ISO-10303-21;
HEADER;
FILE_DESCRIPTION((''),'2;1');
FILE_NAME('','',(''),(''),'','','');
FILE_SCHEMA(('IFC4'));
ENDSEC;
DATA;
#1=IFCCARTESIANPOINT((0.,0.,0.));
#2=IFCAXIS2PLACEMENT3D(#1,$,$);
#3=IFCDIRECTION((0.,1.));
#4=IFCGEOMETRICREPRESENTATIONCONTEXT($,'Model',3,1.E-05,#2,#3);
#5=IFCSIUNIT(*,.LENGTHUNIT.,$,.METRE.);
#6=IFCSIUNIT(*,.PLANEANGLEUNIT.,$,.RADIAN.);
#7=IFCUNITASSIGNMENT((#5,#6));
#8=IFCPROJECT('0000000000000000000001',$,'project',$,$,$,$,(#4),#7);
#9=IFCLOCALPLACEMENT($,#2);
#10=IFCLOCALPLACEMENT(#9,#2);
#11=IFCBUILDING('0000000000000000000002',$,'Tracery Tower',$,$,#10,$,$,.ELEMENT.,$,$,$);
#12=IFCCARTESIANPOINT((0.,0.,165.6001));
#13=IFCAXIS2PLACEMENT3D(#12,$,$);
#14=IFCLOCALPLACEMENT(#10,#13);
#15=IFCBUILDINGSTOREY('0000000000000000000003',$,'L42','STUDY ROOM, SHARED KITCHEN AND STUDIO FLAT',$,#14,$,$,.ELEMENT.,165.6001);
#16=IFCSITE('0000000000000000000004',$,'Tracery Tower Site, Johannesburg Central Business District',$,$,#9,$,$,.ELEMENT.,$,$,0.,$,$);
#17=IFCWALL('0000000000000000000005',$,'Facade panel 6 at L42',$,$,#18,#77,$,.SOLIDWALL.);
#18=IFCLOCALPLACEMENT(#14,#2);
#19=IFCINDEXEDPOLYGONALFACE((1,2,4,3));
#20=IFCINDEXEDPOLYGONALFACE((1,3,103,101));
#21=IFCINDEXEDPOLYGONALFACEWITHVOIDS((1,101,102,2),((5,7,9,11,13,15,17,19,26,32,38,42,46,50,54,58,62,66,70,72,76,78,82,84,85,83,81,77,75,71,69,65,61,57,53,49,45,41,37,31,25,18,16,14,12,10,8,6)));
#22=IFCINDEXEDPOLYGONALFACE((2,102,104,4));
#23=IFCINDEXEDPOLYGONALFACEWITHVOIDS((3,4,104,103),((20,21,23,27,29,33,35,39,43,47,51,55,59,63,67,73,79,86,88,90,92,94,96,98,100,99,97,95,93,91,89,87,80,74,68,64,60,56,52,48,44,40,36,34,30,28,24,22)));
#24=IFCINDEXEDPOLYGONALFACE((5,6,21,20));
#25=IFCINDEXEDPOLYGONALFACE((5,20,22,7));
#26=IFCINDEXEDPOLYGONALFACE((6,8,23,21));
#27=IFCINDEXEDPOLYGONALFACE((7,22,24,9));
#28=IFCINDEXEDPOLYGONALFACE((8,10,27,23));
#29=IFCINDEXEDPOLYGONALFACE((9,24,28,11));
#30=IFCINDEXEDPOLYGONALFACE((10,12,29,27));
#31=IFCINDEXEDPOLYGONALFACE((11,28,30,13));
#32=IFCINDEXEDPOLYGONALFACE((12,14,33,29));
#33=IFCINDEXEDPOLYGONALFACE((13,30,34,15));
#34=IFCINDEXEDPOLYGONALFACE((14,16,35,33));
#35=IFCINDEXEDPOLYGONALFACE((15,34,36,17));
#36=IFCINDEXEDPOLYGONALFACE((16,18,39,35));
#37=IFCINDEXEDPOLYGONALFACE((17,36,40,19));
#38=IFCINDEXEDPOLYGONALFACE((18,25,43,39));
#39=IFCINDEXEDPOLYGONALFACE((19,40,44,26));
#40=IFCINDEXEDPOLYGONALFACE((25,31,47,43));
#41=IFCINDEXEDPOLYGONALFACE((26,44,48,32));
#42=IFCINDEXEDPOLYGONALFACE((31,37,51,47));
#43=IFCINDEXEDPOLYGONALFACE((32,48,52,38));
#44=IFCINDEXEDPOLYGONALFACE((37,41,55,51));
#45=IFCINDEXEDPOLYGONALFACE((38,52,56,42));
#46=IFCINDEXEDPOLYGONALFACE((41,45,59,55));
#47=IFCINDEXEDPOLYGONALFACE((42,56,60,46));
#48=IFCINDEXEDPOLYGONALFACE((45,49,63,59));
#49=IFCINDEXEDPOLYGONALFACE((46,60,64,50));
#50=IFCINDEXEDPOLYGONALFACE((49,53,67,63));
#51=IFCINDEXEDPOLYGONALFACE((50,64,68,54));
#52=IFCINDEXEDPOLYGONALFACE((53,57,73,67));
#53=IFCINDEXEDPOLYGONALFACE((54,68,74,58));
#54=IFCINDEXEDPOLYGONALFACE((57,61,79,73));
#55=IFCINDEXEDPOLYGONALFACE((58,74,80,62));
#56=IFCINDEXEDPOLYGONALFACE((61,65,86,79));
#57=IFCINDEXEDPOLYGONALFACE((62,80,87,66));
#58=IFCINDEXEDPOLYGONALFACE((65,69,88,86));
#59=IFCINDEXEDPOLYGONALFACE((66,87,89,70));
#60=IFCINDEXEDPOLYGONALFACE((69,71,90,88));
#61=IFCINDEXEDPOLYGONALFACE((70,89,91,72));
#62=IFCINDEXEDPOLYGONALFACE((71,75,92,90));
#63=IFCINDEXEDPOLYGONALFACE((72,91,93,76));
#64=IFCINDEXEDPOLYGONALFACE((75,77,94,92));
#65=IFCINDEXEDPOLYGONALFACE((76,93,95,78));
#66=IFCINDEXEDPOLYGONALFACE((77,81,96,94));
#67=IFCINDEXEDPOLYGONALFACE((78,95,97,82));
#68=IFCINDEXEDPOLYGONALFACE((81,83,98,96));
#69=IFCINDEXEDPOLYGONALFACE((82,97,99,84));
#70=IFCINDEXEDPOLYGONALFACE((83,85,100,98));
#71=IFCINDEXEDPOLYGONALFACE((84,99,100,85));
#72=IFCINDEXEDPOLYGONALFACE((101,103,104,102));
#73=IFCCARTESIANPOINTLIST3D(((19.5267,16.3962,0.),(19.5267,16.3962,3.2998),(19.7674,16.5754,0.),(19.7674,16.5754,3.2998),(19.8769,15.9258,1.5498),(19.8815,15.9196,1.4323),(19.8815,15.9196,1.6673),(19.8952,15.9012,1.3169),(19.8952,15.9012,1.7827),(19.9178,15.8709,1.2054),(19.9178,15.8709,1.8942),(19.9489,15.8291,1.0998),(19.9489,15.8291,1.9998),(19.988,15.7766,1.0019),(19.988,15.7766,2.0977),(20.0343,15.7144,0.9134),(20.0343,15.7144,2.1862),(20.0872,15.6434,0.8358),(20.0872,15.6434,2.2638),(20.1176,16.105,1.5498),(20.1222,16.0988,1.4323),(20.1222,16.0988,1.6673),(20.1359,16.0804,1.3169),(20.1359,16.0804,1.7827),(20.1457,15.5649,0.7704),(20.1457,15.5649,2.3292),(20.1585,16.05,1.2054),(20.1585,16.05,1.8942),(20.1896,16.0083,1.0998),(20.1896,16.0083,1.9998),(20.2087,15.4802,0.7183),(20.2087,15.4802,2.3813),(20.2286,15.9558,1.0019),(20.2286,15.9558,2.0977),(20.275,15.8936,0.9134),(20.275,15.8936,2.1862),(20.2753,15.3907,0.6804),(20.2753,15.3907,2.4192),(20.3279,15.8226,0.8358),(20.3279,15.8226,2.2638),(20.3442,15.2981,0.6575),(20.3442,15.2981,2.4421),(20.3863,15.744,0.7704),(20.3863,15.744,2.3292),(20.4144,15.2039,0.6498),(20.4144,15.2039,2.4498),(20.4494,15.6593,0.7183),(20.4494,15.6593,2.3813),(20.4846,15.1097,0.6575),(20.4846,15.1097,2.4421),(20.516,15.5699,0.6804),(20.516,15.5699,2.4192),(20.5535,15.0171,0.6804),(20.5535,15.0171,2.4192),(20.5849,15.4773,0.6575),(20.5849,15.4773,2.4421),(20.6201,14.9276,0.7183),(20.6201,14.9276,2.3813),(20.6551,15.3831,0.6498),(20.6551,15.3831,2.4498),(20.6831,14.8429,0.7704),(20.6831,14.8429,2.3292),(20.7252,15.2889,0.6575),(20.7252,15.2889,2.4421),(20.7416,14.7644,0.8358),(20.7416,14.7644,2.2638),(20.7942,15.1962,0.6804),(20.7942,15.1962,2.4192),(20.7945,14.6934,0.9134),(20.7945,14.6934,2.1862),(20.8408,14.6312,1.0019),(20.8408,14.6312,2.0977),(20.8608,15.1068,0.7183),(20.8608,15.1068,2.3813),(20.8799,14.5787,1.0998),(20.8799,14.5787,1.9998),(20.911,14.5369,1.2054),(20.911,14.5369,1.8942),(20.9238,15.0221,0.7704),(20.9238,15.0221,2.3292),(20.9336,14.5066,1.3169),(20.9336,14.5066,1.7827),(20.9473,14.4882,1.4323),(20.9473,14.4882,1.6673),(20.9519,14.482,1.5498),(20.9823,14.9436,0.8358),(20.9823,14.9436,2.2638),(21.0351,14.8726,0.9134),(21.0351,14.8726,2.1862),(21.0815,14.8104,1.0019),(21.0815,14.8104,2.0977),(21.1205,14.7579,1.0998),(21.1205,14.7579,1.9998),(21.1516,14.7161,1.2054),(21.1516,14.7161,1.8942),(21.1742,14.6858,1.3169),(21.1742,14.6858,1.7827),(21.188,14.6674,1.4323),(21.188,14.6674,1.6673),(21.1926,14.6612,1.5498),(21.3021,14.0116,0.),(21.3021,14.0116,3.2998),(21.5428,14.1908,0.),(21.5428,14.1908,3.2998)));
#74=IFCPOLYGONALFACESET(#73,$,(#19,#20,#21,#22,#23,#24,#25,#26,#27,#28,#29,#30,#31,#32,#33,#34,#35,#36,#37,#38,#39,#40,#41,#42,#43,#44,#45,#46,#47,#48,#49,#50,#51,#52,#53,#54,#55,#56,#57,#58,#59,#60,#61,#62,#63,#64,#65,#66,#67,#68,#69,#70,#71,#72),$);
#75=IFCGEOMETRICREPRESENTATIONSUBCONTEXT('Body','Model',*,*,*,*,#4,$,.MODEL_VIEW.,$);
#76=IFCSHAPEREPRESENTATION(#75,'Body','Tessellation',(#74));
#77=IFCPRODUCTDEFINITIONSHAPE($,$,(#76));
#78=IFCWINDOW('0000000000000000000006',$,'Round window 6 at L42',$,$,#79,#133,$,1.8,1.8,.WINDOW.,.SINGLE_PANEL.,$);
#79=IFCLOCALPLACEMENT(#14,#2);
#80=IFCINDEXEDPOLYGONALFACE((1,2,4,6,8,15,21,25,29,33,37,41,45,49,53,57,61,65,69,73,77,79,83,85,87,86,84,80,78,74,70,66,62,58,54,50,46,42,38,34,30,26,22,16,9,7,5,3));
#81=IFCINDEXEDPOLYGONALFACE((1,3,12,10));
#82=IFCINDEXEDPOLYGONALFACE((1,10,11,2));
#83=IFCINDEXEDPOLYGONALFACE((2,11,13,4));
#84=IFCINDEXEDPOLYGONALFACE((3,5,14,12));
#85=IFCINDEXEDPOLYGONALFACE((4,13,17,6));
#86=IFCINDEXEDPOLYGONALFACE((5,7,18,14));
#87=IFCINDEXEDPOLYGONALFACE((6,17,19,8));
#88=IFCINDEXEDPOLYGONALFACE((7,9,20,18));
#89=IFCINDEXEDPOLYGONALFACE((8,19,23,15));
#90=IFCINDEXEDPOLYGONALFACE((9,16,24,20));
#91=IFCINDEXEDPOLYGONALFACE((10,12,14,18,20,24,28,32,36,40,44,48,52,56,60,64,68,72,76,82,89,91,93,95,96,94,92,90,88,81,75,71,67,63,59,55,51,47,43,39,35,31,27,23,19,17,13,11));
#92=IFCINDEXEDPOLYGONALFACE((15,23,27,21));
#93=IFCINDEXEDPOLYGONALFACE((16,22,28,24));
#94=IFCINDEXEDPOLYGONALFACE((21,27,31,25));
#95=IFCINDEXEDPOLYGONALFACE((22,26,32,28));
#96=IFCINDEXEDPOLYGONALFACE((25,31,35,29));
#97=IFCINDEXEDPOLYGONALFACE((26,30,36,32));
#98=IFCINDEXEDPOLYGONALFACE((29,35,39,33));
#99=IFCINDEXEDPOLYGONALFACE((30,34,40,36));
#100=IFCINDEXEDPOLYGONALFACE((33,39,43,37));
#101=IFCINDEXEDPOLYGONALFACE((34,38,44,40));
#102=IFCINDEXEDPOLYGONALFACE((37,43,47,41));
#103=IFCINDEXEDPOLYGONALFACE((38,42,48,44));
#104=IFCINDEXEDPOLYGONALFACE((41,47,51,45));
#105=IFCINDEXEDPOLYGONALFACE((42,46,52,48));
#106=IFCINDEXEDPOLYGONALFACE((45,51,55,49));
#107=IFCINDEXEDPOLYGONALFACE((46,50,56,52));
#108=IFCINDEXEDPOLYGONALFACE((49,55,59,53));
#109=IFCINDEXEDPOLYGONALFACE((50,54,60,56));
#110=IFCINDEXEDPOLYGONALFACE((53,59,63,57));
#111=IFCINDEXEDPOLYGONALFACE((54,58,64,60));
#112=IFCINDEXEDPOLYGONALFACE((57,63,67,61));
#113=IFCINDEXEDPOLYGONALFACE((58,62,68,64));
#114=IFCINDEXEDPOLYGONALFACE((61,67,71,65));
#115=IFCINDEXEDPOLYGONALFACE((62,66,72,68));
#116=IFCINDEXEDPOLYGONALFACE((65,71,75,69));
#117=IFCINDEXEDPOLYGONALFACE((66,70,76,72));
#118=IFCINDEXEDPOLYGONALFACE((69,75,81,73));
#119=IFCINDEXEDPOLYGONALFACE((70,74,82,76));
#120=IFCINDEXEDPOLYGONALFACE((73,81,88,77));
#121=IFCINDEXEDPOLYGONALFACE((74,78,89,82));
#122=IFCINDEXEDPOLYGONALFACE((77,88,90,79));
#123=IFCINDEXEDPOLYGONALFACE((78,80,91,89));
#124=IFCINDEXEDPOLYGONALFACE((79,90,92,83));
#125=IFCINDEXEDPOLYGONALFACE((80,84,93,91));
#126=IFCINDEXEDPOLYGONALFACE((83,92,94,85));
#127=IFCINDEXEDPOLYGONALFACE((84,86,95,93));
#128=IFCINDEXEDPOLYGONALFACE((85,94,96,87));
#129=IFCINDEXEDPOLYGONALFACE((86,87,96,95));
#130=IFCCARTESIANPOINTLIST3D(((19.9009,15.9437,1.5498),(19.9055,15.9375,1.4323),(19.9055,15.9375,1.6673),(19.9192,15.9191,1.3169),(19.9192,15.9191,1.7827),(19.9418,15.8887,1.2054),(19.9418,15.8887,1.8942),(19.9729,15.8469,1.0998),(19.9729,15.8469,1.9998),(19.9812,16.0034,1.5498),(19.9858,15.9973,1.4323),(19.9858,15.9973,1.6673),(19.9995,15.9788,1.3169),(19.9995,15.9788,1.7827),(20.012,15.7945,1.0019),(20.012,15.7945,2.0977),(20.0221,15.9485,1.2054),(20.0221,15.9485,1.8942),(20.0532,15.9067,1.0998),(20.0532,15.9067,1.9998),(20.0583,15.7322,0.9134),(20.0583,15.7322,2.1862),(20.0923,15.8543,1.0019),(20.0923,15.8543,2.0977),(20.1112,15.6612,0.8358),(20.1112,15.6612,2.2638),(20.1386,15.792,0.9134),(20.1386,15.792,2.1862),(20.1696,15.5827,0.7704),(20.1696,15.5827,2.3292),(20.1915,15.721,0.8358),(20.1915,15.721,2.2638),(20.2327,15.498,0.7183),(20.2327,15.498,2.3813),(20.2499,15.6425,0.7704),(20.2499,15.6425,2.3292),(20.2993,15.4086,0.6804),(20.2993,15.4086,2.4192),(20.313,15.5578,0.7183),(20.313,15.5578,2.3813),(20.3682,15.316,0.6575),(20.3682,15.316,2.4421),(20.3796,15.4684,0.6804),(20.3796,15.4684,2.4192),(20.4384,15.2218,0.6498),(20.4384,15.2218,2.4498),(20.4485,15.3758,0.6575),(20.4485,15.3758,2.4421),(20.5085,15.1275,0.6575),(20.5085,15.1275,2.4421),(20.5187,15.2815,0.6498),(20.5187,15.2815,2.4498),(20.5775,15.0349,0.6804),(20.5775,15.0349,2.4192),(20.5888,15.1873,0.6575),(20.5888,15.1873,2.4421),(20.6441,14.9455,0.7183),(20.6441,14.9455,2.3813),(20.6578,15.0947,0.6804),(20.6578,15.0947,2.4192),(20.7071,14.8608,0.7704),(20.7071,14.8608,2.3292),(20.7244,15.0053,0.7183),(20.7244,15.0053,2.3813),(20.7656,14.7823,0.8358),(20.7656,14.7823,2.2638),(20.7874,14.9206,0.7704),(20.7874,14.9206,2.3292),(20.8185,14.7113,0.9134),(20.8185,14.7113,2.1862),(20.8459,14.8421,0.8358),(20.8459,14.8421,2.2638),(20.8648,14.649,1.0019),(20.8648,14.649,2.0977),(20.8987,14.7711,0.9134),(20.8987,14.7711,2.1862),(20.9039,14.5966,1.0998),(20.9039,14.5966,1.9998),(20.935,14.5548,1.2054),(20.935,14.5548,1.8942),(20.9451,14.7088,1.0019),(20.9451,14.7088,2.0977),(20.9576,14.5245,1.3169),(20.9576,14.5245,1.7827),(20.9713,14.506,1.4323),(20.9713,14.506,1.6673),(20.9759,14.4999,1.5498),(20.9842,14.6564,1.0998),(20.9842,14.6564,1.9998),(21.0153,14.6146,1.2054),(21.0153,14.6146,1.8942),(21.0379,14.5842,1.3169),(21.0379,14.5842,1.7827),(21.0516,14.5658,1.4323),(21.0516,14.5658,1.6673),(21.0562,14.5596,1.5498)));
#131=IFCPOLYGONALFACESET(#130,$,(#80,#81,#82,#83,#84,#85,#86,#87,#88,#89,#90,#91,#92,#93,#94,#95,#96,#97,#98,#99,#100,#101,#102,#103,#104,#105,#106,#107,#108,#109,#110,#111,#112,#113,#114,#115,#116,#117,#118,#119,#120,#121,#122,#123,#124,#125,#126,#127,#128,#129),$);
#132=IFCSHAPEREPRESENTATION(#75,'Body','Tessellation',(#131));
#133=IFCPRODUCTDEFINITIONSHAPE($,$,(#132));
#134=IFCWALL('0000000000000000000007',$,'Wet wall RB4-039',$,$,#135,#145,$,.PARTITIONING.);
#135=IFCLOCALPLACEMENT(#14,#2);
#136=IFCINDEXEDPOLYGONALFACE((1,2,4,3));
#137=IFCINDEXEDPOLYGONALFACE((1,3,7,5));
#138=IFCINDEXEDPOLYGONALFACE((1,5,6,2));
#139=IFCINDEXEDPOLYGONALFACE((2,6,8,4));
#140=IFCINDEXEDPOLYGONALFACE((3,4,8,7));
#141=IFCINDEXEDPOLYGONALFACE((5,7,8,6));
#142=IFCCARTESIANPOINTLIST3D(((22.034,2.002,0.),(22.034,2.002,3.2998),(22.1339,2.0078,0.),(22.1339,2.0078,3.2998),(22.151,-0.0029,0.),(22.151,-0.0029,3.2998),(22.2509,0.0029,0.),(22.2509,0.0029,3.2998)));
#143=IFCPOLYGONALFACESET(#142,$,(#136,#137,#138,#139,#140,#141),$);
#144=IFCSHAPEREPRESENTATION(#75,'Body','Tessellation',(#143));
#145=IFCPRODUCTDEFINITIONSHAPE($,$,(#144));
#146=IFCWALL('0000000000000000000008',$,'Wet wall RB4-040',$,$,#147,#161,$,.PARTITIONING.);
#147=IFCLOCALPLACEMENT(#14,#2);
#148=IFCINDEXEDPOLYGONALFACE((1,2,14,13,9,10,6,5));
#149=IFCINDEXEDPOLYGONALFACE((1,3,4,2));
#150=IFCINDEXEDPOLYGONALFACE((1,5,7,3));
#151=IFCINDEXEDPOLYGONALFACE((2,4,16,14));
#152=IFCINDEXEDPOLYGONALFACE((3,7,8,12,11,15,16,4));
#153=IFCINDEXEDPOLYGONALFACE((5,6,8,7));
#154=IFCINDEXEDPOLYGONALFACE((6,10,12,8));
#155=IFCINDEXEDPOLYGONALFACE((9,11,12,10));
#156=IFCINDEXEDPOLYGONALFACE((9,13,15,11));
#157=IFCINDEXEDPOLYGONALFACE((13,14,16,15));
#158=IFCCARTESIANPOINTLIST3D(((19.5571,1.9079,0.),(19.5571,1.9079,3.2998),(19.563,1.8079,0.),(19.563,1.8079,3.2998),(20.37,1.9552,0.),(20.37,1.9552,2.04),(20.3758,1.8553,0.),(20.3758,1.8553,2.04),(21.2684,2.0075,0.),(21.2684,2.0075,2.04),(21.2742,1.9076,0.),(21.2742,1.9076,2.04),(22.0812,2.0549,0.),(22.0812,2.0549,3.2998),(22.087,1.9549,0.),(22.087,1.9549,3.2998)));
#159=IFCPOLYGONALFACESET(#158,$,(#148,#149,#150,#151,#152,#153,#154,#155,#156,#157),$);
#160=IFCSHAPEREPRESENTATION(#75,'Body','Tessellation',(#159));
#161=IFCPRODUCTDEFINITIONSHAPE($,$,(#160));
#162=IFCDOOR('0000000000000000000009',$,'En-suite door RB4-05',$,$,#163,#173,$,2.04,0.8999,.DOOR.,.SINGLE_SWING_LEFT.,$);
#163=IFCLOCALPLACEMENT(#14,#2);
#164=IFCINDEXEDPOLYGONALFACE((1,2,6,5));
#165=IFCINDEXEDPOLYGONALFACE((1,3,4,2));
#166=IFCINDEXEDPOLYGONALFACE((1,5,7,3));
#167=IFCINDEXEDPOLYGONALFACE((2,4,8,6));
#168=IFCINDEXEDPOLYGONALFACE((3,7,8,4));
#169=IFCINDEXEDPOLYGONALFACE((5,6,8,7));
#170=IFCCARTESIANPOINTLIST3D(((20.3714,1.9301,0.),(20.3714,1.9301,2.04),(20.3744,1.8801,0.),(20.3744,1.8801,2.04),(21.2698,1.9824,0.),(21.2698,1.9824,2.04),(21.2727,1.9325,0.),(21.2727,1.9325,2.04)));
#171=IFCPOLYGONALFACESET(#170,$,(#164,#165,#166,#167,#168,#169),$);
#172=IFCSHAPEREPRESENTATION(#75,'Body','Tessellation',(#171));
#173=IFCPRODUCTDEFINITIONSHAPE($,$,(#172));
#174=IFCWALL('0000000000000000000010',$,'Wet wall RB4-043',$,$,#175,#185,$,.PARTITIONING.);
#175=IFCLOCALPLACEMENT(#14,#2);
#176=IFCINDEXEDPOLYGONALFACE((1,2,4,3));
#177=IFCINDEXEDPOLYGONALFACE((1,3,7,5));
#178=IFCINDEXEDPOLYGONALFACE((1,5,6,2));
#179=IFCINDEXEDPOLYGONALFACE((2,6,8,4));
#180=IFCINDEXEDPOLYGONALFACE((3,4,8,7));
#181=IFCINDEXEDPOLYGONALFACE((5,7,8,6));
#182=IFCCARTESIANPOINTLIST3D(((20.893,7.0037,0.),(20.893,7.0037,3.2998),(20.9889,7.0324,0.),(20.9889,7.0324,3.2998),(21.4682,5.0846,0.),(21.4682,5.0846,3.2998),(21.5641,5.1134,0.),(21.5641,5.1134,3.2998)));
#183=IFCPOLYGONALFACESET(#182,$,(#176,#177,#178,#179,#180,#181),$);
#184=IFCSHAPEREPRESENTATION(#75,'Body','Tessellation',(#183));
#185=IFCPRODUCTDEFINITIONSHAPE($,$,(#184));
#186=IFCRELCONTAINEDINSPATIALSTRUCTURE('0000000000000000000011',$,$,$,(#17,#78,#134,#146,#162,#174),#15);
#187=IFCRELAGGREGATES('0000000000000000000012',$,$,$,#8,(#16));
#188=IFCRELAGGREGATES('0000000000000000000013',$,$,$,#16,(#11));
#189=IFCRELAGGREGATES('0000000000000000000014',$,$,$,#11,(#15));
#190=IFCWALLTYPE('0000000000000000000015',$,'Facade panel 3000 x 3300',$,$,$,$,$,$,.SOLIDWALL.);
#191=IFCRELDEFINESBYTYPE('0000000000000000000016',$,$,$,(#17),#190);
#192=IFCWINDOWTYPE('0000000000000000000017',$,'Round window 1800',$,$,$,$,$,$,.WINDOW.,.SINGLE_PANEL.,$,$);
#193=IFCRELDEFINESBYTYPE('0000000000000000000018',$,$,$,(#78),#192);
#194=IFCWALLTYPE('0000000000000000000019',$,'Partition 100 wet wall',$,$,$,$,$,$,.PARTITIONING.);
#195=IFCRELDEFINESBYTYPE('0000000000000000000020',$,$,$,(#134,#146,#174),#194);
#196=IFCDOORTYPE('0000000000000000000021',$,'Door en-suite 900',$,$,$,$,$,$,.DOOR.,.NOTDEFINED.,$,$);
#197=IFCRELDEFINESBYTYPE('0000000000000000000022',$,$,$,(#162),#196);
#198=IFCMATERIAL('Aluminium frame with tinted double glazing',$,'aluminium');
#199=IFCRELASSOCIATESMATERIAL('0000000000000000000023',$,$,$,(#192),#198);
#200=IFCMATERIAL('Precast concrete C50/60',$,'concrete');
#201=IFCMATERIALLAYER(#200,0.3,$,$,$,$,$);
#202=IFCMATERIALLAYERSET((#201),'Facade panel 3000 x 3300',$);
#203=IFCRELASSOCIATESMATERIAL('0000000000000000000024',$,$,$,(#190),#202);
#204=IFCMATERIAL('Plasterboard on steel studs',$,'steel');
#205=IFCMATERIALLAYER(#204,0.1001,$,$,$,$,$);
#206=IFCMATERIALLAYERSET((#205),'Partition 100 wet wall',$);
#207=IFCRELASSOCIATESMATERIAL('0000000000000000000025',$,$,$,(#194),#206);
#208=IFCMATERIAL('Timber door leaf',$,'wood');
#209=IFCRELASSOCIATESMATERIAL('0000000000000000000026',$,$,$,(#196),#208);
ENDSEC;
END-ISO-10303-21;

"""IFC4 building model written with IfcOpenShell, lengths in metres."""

from ifc_helpers import new_model, si_unit, direction, frame, frame_2d, origin, origin_2d, place, context, subcontext, project, spatial, rectangle, circle, extrude, material, layer, layer_set, type_object, element, fill, save


model = new_model("IFC4")

# Units and contexts
model_context = context("Model", 3, precision=1e-05, world=origin(), true_north=direction((0.0, 1.0)))
body_context = subcontext(model_context, "Body", "Model", "MODEL_VIEW")
ifc_project = project(units=[si_unit("LENGTHUNIT", "METRE"), si_unit("PLANEANGLEUNIT", "RADIAN")], contexts=[model_context])

# Site, building, storey
site_placement = place(None, origin())
site = spatial("IfcSite", under=ifc_project, at=site_placement, Name="Tracery Tower Site, Johannesburg Central Business District", CompositionType="ELEMENT", RefElevation=0.0)
building_placement = place(site_placement, origin())
building = spatial("IfcBuilding", under=site, at=building_placement, Name="Tracery Tower", CompositionType="ELEMENT")
storey_placement = place(building_placement, frame((0.0, 0.0, 165.6001)))
storey = spatial("IfcBuildingStorey", under=building, at=storey_placement, Name="L42", Description="STUDY ROOM, SHARED KITCHEN AND STUDIO FLAT", CompositionType="ELEMENT", Elevation=165.6001)

# Wall, opening, window
ifc_material_1 = material(Name="Aluminium frame with tinted double glazing", Category="aluminium")
window_type = type_object("IfcWindowType", Name="Round window 1800", PartitioningType="SINGLE_PANEL", PredefinedType="WINDOW", material=ifc_material_1)
ifc_material_2 = material(Name="Precast concrete C50/60", Category="concrete")
ifc_layer_1 = layer(ifc_material_2, 0.3)
ifc_layer_set_1 = layer_set([ifc_layer_1], Name="Facade panel 3000 x 3300")
wall_type_1 = type_object("IfcWallType", Name="Facade panel 3000 x 3300", PredefinedType="SOLIDWALL", material=ifc_layer_set_1)
wall_1_placement = place(storey_placement, frame((21.4224, 14.1013, 0.0), z_axis=(0.0, 0.0, 1.0), x_axis=(-0.597198, 0.802094, 0.0)))
wall_1 = element("IfcWall", 1, at=wall_1_placement, inside=storey, type_object=wall_type_1, Name="Facade panel 6 at L42", PredefinedType="SOLIDWALL", context=body_context, shape_type="SweptSolid", body=[
    extrude(rectangle(XDim=2.9729, YDim=0.3, at=frame_2d((1.4863, 0.0))), origin(), (0.0, 0.0, 1.0), 3.2998),
])
opening_1_placement = place(wall_1_placement, frame((1.4863, 0.0, 1.5498)))
opening_1 = element("IfcOpeningElement", 2, at=opening_1_placement, cuts=wall_1, PredefinedType="OPENING", context=body_context, shape_type="SweptSolid", body=[
    extrude(circle(Radius=0.9, at=origin_2d()), frame((0.0, 0.1599, 0.0), z_axis=(0.0, -1.0, 0.0), x_axis=(1.0, 0.0, 0.0)), (0.0, 0.0, 1.0), 0.3201),
])
window_1_placement = place(opening_1_placement, origin())
window_1 = element("IfcWindow", 3, at=window_1_placement, inside=storey, type_object=window_type, Name="Round window 6 at L42", OverallHeight=1.8, OverallWidth=1.8, PartitioningType="SINGLE_PANEL", PredefinedType="WINDOW", context=body_context, shape_type="SweptSolid", body=[
    extrude(circle(Radius=0.9, at=origin_2d()), frame((0.0, 0.1201, 0.0), z_axis=(0.0, -1.0, 0.0), x_axis=(1.0, 0.0, 0.0)), (0.0, 0.0, 1.0), 0.1001),
])
fill(opening_1, window_1)

# Wall
ifc_material_3 = material(Name="Plasterboard on steel studs", Category="steel")
ifc_layer_2 = layer(ifc_material_3, 0.1001)
ifc_layer_set_2 = layer_set([ifc_layer_2], Name="Partition 100 wet wall")
wall_type_2 = type_object("IfcWallType", Name="Partition 100 wet wall", PredefinedType="PARTITIONING", material=ifc_layer_set_2)
wall_2_placement = place(storey_placement, frame((22.084, 2.0049, 0.0), z_axis=(0.0, 0.0, 1.0), x_axis=(0.05823, -0.998303, 0.0)))
element("IfcWall", 4, at=wall_2_placement, inside=storey, type_object=wall_type_2, Name="Wet wall RB4-039", PredefinedType="PARTITIONING", context=body_context, shape_type="SweptSolid", body=[
    extrude(rectangle(XDim=2.0083, YDim=0.1001, at=frame_2d((1.0042, 0.0))), origin(), (0.0, 0.0, 1.0), 3.2998),
])

# Wall, opening, door
wall_3_placement = place(storey_placement, frame((19.5601, 1.8579, 0.0), z_axis=(0.0, 0.0, 1.0), x_axis=(0.998309, 0.058133, 0.0)))
wall_3 = element("IfcWall", 5, at=wall_3_placement, inside=storey, type_object=wall_type_2, Name="Wet wall RB4-040", PredefinedType="PARTITIONING", context=body_context, shape_type="SweptSolid", body=[
    extrude(rectangle(XDim=2.5283, YDim=0.1001, at=frame_2d((1.2642, 0.0))), origin(), (0.0, 0.0, 1.0), 3.2998),
])
opening_2_placement = place(wall_3_placement, frame((0.8142, 0.0, 0.0)))
opening_2 = element("IfcOpeningElement", 6, at=opening_2_placement, cuts=wall_3, PredefinedType="OPENING", context=body_context, shape_type="SweptSolid", body=[
    extrude(rectangle(XDim=0.8999, YDim=2.04, at=frame_2d((0.45, 1.02))), frame((0.0, 0.05, 0.0), z_axis=(0.0, -1.0, 0.0), x_axis=(1.0, 0.0, 0.0)), (0.0, 0.0, 1.0), 0.1001),
])
ifc_material_4 = material(Name="Timber door leaf", Category="wood")
door_type_1 = type_object("IfcDoorType", Name="Door en-suite 900", OperationType="NOTDEFINED", PredefinedType="DOOR", material=ifc_material_4)
door_1_placement = place(opening_2_placement, origin())
door_1 = element("IfcDoor", 7, at=door_1_placement, inside=storey, type_object=door_type_1, Name="En-suite door RB4-05", OperationType="SINGLE_SWING_LEFT", OverallHeight=2.04, OverallWidth=0.8999, PredefinedType="DOOR", context=body_context, shape_type="SweptSolid", body=[
    extrude(rectangle(XDim=0.8999, YDim=2.04, at=frame_2d((0.45, 1.02))), frame((0.0, 0.0249, 0.0), z_axis=(0.0, -1.0, 0.0), x_axis=(1.0, 0.0, 0.0)), (0.0, 0.0, 1.0), 0.05),
])
fill(opening_2, door_1)

# Wall
wall_4_placement = place(storey_placement, frame((20.9409, 7.0181, 0.0), z_axis=(0.0, 0.0, 1.0), x_axis=(0.287124, -0.957893, 0.0)))
element("IfcWall", 8, at=wall_4_placement, inside=storey, type_object=wall_type_2, Name="Wet wall RB4-043", PredefinedType="PARTITIONING", context=body_context, shape_type="SweptSolid", body=[
    extrude(rectangle(XDim=2.0034, YDim=0.1001, at=frame_2d((1.0017, 0.0))), origin(), (0.0, 0.0, 1.0), 3.2998),
])

save(model, "model.ifc")
